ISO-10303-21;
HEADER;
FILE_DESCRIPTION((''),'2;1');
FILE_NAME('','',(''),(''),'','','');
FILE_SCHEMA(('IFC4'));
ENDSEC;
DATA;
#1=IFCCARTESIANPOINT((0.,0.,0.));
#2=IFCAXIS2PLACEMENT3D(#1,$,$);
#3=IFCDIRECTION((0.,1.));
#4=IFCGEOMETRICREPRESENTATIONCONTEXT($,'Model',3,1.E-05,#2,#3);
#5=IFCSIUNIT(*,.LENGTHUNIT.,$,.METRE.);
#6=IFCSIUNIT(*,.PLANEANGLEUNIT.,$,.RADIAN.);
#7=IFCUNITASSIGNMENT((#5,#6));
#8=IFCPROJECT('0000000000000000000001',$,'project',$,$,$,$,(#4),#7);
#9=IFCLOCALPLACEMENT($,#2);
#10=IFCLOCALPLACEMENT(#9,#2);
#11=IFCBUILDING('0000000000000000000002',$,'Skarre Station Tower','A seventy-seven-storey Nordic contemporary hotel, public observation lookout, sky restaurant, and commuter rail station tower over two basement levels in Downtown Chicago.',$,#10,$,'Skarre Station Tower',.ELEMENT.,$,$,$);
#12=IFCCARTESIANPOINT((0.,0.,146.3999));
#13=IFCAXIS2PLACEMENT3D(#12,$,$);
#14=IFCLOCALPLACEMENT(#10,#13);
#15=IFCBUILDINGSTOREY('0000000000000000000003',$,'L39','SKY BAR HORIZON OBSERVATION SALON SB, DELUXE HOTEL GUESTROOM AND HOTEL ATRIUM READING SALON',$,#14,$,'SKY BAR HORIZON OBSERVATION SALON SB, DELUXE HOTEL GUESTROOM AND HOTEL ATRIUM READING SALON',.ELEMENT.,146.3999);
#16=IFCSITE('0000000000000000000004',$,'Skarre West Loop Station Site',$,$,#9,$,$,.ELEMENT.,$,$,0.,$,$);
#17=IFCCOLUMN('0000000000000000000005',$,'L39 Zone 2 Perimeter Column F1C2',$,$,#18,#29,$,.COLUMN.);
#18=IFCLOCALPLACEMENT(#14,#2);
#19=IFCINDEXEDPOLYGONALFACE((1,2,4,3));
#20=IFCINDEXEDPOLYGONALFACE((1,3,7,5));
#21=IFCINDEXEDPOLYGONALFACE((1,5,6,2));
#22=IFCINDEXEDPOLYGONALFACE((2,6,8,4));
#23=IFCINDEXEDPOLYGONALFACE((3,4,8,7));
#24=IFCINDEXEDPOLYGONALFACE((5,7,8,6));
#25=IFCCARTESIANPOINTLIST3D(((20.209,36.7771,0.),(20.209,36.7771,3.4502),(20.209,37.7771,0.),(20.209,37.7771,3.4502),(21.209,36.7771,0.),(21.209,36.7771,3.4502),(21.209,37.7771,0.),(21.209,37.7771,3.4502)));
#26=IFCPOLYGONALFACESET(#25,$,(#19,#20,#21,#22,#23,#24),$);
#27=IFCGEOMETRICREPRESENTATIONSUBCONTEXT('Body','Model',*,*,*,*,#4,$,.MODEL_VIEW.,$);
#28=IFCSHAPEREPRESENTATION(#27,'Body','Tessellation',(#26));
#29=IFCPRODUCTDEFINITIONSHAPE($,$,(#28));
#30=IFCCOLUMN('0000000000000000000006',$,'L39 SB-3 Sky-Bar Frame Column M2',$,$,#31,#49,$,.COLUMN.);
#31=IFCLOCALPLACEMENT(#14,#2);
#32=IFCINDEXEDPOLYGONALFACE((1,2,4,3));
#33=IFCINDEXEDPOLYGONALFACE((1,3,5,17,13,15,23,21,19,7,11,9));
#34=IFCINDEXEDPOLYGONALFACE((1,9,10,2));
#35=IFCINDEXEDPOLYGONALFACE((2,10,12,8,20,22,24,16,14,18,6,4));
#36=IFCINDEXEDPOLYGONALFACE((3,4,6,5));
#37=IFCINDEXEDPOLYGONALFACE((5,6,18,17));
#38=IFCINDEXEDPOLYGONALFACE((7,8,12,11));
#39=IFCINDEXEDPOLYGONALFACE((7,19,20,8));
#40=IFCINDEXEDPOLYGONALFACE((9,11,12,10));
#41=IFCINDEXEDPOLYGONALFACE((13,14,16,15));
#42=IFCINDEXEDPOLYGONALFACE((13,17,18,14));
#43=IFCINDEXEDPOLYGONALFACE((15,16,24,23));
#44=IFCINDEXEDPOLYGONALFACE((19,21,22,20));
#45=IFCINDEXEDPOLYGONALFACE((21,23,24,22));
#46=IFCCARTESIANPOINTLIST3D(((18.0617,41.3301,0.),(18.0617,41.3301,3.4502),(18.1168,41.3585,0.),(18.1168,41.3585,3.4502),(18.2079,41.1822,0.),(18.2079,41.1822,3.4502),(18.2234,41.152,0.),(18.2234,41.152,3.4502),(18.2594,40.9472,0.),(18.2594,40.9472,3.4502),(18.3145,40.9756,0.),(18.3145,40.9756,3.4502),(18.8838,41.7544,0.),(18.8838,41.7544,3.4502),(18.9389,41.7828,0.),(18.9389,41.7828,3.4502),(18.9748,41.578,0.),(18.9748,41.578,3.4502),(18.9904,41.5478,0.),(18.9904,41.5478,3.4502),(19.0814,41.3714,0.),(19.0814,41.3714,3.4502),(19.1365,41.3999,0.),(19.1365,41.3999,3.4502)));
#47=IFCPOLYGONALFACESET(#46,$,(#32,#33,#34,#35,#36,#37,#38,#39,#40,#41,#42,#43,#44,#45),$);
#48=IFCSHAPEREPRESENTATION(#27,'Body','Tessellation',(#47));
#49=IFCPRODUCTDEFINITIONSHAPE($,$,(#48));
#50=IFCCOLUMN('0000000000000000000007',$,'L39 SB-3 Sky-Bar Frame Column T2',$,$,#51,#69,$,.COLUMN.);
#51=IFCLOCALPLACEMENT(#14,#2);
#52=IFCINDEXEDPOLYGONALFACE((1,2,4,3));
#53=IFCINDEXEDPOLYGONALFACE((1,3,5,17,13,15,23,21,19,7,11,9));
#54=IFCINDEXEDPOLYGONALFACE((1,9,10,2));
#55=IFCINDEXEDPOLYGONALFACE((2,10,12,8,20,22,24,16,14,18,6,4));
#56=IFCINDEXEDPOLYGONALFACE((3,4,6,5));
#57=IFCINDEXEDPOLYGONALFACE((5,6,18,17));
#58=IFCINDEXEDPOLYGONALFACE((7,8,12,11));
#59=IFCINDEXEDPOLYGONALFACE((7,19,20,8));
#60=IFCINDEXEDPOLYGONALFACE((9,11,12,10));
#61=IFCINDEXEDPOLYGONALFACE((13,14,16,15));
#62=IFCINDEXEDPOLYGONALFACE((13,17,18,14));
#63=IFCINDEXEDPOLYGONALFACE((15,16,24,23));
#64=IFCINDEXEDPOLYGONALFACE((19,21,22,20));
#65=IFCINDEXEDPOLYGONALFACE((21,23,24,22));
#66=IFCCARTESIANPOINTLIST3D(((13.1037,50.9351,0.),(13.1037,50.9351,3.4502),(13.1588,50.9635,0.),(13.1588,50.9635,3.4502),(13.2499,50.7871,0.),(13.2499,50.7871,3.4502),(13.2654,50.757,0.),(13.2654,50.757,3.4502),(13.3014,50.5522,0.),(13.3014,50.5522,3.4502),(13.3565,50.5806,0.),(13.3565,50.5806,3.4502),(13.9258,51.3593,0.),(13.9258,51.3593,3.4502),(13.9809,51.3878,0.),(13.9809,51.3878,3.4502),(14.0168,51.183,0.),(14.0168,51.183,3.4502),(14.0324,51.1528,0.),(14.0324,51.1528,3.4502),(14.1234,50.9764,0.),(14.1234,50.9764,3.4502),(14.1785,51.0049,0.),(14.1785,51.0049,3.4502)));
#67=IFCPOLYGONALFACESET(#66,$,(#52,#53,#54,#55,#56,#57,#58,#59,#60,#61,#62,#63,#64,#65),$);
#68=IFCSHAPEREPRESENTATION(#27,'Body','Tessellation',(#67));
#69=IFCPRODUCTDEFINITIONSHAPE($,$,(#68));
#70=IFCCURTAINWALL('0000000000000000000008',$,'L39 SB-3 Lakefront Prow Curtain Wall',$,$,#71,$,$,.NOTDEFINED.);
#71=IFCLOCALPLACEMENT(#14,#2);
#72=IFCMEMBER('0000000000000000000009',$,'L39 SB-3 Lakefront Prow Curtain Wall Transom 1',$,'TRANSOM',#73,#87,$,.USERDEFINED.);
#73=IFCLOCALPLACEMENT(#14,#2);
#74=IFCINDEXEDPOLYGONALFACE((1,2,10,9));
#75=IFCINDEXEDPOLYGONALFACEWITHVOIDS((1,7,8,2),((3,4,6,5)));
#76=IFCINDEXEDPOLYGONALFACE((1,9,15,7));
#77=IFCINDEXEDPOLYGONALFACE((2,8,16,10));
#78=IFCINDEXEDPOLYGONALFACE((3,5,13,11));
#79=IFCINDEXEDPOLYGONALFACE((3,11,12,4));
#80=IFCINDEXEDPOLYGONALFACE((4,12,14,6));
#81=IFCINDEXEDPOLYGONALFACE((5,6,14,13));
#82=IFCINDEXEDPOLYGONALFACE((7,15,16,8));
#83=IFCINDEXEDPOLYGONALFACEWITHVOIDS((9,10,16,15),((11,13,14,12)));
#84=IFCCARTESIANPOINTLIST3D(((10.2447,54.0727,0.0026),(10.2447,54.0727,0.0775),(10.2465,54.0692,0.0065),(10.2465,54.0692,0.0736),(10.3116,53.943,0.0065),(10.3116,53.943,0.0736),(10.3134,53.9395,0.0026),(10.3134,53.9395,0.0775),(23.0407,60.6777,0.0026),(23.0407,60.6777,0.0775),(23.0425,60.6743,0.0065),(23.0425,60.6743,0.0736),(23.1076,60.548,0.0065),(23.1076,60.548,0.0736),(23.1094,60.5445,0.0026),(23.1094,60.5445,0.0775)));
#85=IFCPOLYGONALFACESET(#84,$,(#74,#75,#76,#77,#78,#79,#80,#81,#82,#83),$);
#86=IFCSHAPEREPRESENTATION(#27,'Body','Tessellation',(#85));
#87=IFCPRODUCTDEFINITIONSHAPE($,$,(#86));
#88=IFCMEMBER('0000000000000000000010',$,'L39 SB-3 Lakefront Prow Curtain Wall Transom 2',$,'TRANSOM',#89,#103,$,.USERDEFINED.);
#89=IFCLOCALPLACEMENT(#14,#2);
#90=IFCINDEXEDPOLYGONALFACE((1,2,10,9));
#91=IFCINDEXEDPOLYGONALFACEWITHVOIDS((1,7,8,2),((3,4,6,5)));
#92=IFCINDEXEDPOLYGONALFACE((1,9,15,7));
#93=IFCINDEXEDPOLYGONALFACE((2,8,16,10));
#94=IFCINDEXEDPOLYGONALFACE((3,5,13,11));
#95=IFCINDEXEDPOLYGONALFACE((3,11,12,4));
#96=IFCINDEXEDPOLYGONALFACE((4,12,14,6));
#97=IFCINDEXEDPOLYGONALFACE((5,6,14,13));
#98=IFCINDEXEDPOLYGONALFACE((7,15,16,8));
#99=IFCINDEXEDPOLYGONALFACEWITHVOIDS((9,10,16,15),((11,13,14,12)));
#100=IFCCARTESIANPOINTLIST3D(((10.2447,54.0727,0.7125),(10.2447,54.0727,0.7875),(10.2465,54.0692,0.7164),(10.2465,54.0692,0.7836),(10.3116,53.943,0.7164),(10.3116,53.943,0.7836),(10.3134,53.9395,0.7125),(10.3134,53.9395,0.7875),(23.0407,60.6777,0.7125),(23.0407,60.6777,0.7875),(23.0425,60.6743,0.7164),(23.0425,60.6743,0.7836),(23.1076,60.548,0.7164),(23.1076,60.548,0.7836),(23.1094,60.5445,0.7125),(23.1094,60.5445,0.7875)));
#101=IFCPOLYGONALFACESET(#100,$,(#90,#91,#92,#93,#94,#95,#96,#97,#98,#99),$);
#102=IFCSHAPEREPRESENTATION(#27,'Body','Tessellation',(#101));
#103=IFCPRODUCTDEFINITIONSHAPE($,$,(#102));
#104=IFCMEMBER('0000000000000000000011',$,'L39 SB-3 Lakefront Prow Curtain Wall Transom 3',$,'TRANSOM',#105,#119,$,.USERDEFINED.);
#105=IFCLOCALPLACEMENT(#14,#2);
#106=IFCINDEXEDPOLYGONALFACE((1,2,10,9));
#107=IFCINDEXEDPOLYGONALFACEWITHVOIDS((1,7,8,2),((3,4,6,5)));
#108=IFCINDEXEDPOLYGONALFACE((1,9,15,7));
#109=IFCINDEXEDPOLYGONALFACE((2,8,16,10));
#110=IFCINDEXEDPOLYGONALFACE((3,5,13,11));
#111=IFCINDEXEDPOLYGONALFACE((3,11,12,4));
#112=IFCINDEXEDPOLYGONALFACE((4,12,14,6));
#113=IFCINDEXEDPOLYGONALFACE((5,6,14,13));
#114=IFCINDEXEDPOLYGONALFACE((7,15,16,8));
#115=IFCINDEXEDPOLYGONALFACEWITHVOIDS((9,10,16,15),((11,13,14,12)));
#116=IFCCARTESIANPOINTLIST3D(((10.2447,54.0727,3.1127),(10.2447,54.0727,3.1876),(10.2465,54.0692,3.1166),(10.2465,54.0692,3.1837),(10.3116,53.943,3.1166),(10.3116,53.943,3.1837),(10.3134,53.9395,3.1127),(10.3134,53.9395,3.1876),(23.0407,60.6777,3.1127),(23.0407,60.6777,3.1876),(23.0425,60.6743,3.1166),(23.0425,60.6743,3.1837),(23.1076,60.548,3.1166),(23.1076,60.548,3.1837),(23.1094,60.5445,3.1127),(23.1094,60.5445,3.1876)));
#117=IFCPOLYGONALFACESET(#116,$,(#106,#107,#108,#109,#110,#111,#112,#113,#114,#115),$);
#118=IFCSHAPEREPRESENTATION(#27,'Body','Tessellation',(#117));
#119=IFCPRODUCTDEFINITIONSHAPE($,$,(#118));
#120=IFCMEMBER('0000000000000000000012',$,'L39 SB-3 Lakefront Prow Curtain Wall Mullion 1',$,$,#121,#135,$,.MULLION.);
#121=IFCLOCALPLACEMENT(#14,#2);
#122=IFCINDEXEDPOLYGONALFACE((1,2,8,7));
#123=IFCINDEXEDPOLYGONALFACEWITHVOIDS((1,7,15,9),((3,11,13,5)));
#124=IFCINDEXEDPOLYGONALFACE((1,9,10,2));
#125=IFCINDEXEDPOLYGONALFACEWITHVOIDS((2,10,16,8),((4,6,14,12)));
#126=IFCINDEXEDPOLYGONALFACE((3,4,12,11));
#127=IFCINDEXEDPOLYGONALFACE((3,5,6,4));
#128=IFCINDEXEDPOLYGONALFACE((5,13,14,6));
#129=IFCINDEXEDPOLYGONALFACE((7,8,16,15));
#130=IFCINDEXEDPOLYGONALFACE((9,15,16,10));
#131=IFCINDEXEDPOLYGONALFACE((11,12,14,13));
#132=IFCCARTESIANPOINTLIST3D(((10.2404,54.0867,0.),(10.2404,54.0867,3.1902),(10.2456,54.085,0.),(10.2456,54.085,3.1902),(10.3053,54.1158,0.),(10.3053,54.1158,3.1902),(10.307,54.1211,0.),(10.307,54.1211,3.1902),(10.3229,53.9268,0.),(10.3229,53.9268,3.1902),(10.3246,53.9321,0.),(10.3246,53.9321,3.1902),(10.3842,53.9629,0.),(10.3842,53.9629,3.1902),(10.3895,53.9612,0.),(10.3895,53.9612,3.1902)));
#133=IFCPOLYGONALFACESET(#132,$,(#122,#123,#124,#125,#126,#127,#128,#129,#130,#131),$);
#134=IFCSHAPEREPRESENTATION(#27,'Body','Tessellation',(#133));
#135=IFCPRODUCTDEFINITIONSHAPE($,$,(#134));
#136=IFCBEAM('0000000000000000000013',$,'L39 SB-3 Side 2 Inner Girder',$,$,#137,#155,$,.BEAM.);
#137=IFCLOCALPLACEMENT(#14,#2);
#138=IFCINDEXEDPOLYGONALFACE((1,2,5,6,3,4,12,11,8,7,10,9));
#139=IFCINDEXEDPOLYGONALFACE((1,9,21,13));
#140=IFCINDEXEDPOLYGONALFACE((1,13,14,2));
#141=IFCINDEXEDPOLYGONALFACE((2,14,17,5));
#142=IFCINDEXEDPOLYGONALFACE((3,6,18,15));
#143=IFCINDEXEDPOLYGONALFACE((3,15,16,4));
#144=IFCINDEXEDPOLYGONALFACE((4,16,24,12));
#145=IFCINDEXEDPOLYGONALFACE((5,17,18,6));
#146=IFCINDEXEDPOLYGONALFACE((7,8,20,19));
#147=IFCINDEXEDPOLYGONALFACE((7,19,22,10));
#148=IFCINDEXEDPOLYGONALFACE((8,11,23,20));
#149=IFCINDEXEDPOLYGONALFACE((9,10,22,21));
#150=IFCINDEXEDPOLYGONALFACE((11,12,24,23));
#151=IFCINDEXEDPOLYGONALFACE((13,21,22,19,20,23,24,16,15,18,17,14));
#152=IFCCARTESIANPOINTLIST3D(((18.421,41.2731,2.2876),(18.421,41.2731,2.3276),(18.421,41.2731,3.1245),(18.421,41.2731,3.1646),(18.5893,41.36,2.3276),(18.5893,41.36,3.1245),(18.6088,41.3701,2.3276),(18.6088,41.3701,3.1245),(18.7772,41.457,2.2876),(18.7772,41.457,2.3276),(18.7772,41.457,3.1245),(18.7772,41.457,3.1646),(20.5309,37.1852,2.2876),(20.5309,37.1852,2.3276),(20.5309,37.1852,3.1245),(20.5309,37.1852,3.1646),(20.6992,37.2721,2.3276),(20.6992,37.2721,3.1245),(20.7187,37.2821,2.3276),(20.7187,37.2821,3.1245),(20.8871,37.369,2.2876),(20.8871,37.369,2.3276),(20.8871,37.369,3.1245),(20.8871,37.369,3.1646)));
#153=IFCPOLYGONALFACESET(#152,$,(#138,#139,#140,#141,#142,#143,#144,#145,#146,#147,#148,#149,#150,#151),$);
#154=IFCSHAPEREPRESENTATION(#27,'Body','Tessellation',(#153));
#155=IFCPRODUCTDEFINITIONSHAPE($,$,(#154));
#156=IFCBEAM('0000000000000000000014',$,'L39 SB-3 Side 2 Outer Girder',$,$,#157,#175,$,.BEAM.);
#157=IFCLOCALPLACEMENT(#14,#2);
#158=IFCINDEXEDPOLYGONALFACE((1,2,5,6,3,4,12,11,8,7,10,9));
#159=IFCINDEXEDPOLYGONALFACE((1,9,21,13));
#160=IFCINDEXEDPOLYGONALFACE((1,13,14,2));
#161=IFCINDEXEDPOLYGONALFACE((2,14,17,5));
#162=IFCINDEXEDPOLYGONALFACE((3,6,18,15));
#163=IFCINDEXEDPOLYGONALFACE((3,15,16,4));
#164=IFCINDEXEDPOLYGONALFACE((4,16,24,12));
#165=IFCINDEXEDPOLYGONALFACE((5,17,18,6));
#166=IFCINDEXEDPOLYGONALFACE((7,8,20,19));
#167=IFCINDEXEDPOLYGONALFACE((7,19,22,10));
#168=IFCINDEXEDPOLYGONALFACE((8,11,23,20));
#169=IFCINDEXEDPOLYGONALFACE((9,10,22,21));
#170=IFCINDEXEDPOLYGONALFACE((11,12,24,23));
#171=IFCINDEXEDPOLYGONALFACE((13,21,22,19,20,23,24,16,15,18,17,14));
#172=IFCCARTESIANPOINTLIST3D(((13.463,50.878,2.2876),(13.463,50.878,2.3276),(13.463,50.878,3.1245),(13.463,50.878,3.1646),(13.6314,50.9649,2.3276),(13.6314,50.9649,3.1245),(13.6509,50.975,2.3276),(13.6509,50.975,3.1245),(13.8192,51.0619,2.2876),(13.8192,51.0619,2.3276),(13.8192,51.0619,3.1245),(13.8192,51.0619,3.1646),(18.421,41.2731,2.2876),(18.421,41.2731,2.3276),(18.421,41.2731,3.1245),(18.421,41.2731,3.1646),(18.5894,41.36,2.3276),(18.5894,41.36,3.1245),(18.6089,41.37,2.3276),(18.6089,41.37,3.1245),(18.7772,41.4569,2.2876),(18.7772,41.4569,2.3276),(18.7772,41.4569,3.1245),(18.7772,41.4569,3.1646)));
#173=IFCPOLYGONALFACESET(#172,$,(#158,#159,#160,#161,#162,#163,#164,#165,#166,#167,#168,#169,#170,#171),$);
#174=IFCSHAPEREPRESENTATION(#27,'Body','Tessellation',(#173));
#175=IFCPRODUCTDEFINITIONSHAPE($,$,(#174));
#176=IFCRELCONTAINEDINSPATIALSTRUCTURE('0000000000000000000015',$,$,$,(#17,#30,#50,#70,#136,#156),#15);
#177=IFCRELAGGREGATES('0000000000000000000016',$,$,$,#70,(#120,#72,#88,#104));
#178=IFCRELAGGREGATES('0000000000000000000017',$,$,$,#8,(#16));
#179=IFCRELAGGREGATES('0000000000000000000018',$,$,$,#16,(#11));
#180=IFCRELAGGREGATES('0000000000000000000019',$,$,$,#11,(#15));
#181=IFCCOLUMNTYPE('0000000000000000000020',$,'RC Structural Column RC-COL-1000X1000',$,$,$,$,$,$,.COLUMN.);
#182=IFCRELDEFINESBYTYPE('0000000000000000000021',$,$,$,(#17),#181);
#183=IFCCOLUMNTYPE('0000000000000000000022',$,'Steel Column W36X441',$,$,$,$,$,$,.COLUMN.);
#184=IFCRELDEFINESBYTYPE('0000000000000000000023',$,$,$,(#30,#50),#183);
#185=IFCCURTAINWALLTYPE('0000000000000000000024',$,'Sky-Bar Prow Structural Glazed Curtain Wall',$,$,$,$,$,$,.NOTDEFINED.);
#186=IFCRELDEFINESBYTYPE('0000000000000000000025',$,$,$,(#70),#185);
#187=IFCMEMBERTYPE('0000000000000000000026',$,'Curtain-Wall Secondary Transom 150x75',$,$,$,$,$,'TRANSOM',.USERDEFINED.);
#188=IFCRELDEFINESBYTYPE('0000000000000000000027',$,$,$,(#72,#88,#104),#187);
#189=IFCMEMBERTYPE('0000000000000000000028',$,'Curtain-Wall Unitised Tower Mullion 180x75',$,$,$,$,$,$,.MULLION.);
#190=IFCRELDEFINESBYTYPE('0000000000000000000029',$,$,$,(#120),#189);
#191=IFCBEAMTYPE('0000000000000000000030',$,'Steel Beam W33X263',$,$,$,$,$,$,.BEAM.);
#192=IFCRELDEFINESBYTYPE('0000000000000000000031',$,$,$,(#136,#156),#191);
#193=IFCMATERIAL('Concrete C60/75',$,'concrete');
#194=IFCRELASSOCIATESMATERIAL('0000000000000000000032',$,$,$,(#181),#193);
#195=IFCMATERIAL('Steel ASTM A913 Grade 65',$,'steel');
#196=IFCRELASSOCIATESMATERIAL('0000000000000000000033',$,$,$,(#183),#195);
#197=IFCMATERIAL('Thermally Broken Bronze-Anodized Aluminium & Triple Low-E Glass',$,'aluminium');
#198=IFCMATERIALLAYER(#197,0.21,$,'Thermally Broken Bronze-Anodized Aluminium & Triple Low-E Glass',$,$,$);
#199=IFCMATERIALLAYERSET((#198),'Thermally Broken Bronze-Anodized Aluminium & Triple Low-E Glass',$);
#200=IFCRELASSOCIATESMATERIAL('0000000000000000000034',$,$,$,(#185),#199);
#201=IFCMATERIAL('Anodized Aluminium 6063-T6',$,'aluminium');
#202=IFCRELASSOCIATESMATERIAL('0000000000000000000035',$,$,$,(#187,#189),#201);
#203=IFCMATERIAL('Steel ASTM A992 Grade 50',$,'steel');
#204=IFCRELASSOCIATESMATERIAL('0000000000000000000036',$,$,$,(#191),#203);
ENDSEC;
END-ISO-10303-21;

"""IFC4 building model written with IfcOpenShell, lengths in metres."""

from ifc_helpers import new_model, si_unit, direction, frame, origin, origin_2d, place, context, subcontext, project, spatial, rectangle, hollow_rectangle, i_section, extrude, material, layer, layer_set, material_profile, profile_set, type_object, element, aggregate, save


model = new_model("IFC4")

# Units and contexts
model_context = context("Model", 3, precision=1e-05, world=origin(), true_north=direction((0.0, 1.0)))
body_context = subcontext(model_context, "Body", "Model", "MODEL_VIEW")
ifc_project = project(units=[si_unit("LENGTHUNIT", "METRE"), si_unit("PLANEANGLEUNIT", "RADIAN")], contexts=[model_context])

# Site, building, storey
site_placement = place(None, origin())
site = spatial("IfcSite", under=ifc_project, at=site_placement, Name="Skarre West Loop Station Site", CompositionType="ELEMENT", RefElevation=0.0)
building_placement = place(site_placement, origin())
building = spatial("IfcBuilding", under=site, at=building_placement, Name="Skarre Station Tower", Description="A seventy-seven-storey Nordic contemporary hotel, public observation lookout, sky restaurant, and commuter rail station tower over two basement levels in Downtown Chicago.", LongName="Skarre Station Tower", CompositionType="ELEMENT")
storey_placement = place(building_placement, frame((0.0, 0.0, 146.3999)))
storey = spatial("IfcBuildingStorey", under=building, at=storey_placement, Name="L39", Description="SKY BAR HORIZON OBSERVATION SALON SB, DELUXE HOTEL GUESTROOM AND HOTEL ATRIUM READING SALON", LongName="SKY BAR HORIZON OBSERVATION SALON SB, DELUXE HOTEL GUESTROOM AND HOTEL ATRIUM READING SALON", CompositionType="ELEMENT", Elevation=146.3999)

# Columns
ifc_material_1 = material(Name="Concrete C60/75", Category="concrete")
ifc_material_profile_1 = material_profile(ifc_material_1, rectangle(XDim=1.0, YDim=1.0, at=origin_2d()), Name="Concrete C60/75")
ifc_profile_set_1 = profile_set([ifc_material_profile_1], Name="Concrete C60/75")
column_type_1 = type_object("IfcColumnType", Name="RC Structural Column RC-COL-1000X1000", PredefinedType="COLUMN", material=ifc_profile_set_1)
column_placement = place(storey_placement, frame((20.709, 37.2771, 0.0), z_axis=(0.0, 0.0, 1.0), x_axis=(1.0, 0.0, 0.0)))
element("IfcColumn", 1, at=column_placement, inside=storey, type_object=column_type_1, Name="L39 Zone 2 Perimeter Column F1C2", PredefinedType="COLUMN", context=body_context, shape_type="SweptSolid", body=[
    extrude(rectangle(XDim=1.0, YDim=1.0, at=origin_2d()), origin(), (0.0, 0.0, 1.0), 3.4502),
])
ifc_material_2 = material(Name="Steel ASTM A913 Grade 65", Category="steel")
ifc_material_profile_2 = material_profile(ifc_material_2, i_section(OverallWidth=0.4309, OverallDepth=0.9871, WebThickness=0.0339, FlangeThickness=0.062, at=origin_2d()), Name="Steel ASTM A913 Grade 65")
ifc_profile_set_2 = profile_set([ifc_material_profile_2], Name="Steel ASTM A913 Grade 65")
column_type_2 = type_object("IfcColumnType", Name="Steel Column W36X441", PredefinedType="COLUMN", material=ifc_profile_set_2)
for number, where, z_axis, x_axis, name in (
    (2, (18.5991, 41.365, 0.0), (0.0, 0.0, 1.0), (-0.45865, 0.888617, 0.0), "L39 SB-3 Sky-Bar Frame Column M2"),
    (3, (13.6411, 50.97, 0.0), (0.0, 0.0, 1.0), (-0.45865, 0.888617, 0.0), "L39 SB-3 Sky-Bar Frame Column T2"),
):
    element("IfcColumn", number, at=place(storey_placement, frame(where, z_axis=z_axis, x_axis=x_axis)), inside=storey, type_object=column_type_2, Name=name, PredefinedType="COLUMN", context=body_context, shape_type="SweptSolid", body=[
        extrude(i_section(OverallWidth=0.4309, OverallDepth=0.9871, WebThickness=0.0339, FlangeThickness=0.062, at=origin_2d()), origin(), (0.0, 0.0, 1.0), 3.4502),
    ])

# Curtain wall, members
ifc_material_3 = material(Name="Thermally Broken Bronze-Anodized Aluminium & Triple Low-E Glass", Category="aluminium")
ifc_layer_1 = layer(ifc_material_3, 0.21, Name="Thermally Broken Bronze-Anodized Aluminium & Triple Low-E Glass")
ifc_layer_set_1 = layer_set([ifc_layer_1], Name="Thermally Broken Bronze-Anodized Aluminium & Triple Low-E Glass")
curtain_wall_type = type_object("IfcCurtainWallType", Name="Sky-Bar Prow Structural Glazed Curtain Wall", PredefinedType="NOTDEFINED", material=ifc_layer_set_1)
curtain_wall_placement = place(storey_placement, origin())
curtain_wall = element("IfcCurtainWall", 4, at=curtain_wall_placement, inside=storey, type_object=curtain_wall_type, Name="L39 SB-3 Lakefront Prow Curtain Wall", PredefinedType="NOTDEFINED")
ifc_material_4 = material(Name="Anodized Aluminium 6063-T6", Category="aluminium")
ifc_material_profile_3 = material_profile(ifc_material_4, hollow_rectangle(XDim=0.075, YDim=0.1499, WallThickness=0.0039, at=origin_2d()), Name="Anodized Aluminium 6063-T6")
ifc_profile_set_3 = profile_set([ifc_material_profile_3], Name="Anodized Aluminium 6063-T6")
member_type_1 = type_object("IfcMemberType", Name="Curtain-Wall Secondary Transom 150x75", ElementType="TRANSOM", PredefinedType="USERDEFINED", material=ifc_profile_set_3)
member_1_placement = place(storey_placement, frame((10.2791, 54.0061, 0.04), z_axis=(0.888602, 0.458678, 0.0), x_axis=(0.0, 0.0, 1.0)))
member_1 = element("IfcMember", 5, at=member_1_placement, type_object=member_type_1, Name="L39 SB-3 Lakefront Prow Curtain Wall Transom 1", ObjectType="TRANSOM", PredefinedType="USERDEFINED", context=body_context, shape_type="SweptSolid", body=[
    extrude(hollow_rectangle(XDim=0.075, YDim=0.1499, WallThickness=0.0039, at=origin_2d()), origin(), (0.0, 0.0, 1.0), 14.4001),
])
member_2_placement = place(storey_placement, frame((10.2791, 54.0061, 0.75), z_axis=(0.888602, 0.458678, 0.0), x_axis=(0.0, 0.0, 1.0)))
member_2 = element("IfcMember", 6, at=member_2_placement, type_object=member_type_1, Name="L39 SB-3 Lakefront Prow Curtain Wall Transom 2", ObjectType="TRANSOM", PredefinedType="USERDEFINED", context=body_context, shape_type="SweptSolid", body=[
    extrude(hollow_rectangle(XDim=0.075, YDim=0.1499, WallThickness=0.0039, at=origin_2d()), origin(), (0.0, 0.0, 1.0), 14.4001),
])
member_3_placement = place(storey_placement, frame((10.2791, 54.0061, 3.1501), z_axis=(0.888602, 0.458678, 0.0), x_axis=(0.0, 0.0, 1.0)))
member_3 = element("IfcMember", 7, at=member_3_placement, type_object=member_type_1, Name="L39 SB-3 Lakefront Prow Curtain Wall Transom 3", ObjectType="TRANSOM", PredefinedType="USERDEFINED", context=body_context, shape_type="SweptSolid", body=[
    extrude(hollow_rectangle(XDim=0.075, YDim=0.1499, WallThickness=0.0039, at=origin_2d()), origin(), (0.0, 0.0, 1.0), 14.4001),
])
ifc_material_profile_4 = material_profile(ifc_material_4, hollow_rectangle(XDim=0.075, YDim=0.1799, WallThickness=0.0039, at=origin_2d()), Name="Anodized Aluminium 6063-T6")
ifc_profile_set_4 = profile_set([ifc_material_profile_4], Name="Anodized Aluminium 6063-T6")
member_type_2 = type_object("IfcMemberType", Name="Curtain-Wall Unitised Tower Mullion 180x75", PredefinedType="MULLION", material=ifc_profile_set_4)
member_4_placement = place(storey_placement, frame((10.3149, 54.0239, 0.0), z_axis=(0.0, 0.0, 1.0), x_axis=(0.888601, 0.458681, 0.0)))
member_4 = element("IfcMember", 8, at=member_4_placement, type_object=member_type_2, Name="L39 SB-3 Lakefront Prow Curtain Wall Mullion 1", PredefinedType="MULLION", context=body_context, shape_type="SweptSolid", body=[
    extrude(hollow_rectangle(XDim=0.075, YDim=0.1799, WallThickness=0.0039, at=origin_2d()), origin(), (0.0, 0.0, 1.0), 3.1902),
])
aggregate(curtain_wall, [member_4, member_1, member_2, member_3])

# Beams
ifc_material_5 = material(Name="Steel ASTM A992 Grade 50", Category="steel")
ifc_material_profile_5 = material_profile(ifc_material_5, i_section(OverallWidth=0.4009, OverallDepth=0.877, WebThickness=0.022, FlangeThickness=0.04, at=origin_2d()), Name="Steel ASTM A992 Grade 50")
ifc_profile_set_5 = profile_set([ifc_material_profile_5], Name="Steel ASTM A992 Grade 50")
beam_type_1 = type_object("IfcBeamType", Name="Steel Beam W33X263", PredefinedType="BEAM", material=ifc_profile_set_5)
beam_1_placement = place(storey_placement, frame((20.709, 37.2771, 2.7261), z_axis=(-0.45864, 0.888622, 0.0), x_axis=(-0.888622, -0.45864, 0.0)))
element("IfcBeam", 9, at=beam_1_placement, inside=storey, type_object=beam_type_1, Name="L39 SB-3 Side 2 Inner Girder", PredefinedType="BEAM", context=body_context, shape_type="SweptSolid", body=[
    extrude(i_section(OverallWidth=0.4009, OverallDepth=0.877, WebThickness=0.022, FlangeThickness=0.04, at=origin_2d()), origin(), (0.0, 0.0, 1.0), 4.6003),
])
beam_2_placement = place(storey_placement, frame((18.5991, 41.365, 2.7261), z_axis=(-0.458687, 0.888598, 0.0), x_axis=(-0.888598, -0.458687, 0.0)))
element("IfcBeam", 10, at=beam_2_placement, inside=storey, type_object=beam_type_1, Name="L39 SB-3 Side 2 Outer Girder", PredefinedType="BEAM", context=body_context, shape_type="SweptSolid", body=[
    extrude(i_section(OverallWidth=0.4009, OverallDepth=0.877, WebThickness=0.022, FlangeThickness=0.04, at=origin_2d()), origin(), (0.0, 0.0, 1.0), 10.8091),
])

save(model, "model.ifc")
